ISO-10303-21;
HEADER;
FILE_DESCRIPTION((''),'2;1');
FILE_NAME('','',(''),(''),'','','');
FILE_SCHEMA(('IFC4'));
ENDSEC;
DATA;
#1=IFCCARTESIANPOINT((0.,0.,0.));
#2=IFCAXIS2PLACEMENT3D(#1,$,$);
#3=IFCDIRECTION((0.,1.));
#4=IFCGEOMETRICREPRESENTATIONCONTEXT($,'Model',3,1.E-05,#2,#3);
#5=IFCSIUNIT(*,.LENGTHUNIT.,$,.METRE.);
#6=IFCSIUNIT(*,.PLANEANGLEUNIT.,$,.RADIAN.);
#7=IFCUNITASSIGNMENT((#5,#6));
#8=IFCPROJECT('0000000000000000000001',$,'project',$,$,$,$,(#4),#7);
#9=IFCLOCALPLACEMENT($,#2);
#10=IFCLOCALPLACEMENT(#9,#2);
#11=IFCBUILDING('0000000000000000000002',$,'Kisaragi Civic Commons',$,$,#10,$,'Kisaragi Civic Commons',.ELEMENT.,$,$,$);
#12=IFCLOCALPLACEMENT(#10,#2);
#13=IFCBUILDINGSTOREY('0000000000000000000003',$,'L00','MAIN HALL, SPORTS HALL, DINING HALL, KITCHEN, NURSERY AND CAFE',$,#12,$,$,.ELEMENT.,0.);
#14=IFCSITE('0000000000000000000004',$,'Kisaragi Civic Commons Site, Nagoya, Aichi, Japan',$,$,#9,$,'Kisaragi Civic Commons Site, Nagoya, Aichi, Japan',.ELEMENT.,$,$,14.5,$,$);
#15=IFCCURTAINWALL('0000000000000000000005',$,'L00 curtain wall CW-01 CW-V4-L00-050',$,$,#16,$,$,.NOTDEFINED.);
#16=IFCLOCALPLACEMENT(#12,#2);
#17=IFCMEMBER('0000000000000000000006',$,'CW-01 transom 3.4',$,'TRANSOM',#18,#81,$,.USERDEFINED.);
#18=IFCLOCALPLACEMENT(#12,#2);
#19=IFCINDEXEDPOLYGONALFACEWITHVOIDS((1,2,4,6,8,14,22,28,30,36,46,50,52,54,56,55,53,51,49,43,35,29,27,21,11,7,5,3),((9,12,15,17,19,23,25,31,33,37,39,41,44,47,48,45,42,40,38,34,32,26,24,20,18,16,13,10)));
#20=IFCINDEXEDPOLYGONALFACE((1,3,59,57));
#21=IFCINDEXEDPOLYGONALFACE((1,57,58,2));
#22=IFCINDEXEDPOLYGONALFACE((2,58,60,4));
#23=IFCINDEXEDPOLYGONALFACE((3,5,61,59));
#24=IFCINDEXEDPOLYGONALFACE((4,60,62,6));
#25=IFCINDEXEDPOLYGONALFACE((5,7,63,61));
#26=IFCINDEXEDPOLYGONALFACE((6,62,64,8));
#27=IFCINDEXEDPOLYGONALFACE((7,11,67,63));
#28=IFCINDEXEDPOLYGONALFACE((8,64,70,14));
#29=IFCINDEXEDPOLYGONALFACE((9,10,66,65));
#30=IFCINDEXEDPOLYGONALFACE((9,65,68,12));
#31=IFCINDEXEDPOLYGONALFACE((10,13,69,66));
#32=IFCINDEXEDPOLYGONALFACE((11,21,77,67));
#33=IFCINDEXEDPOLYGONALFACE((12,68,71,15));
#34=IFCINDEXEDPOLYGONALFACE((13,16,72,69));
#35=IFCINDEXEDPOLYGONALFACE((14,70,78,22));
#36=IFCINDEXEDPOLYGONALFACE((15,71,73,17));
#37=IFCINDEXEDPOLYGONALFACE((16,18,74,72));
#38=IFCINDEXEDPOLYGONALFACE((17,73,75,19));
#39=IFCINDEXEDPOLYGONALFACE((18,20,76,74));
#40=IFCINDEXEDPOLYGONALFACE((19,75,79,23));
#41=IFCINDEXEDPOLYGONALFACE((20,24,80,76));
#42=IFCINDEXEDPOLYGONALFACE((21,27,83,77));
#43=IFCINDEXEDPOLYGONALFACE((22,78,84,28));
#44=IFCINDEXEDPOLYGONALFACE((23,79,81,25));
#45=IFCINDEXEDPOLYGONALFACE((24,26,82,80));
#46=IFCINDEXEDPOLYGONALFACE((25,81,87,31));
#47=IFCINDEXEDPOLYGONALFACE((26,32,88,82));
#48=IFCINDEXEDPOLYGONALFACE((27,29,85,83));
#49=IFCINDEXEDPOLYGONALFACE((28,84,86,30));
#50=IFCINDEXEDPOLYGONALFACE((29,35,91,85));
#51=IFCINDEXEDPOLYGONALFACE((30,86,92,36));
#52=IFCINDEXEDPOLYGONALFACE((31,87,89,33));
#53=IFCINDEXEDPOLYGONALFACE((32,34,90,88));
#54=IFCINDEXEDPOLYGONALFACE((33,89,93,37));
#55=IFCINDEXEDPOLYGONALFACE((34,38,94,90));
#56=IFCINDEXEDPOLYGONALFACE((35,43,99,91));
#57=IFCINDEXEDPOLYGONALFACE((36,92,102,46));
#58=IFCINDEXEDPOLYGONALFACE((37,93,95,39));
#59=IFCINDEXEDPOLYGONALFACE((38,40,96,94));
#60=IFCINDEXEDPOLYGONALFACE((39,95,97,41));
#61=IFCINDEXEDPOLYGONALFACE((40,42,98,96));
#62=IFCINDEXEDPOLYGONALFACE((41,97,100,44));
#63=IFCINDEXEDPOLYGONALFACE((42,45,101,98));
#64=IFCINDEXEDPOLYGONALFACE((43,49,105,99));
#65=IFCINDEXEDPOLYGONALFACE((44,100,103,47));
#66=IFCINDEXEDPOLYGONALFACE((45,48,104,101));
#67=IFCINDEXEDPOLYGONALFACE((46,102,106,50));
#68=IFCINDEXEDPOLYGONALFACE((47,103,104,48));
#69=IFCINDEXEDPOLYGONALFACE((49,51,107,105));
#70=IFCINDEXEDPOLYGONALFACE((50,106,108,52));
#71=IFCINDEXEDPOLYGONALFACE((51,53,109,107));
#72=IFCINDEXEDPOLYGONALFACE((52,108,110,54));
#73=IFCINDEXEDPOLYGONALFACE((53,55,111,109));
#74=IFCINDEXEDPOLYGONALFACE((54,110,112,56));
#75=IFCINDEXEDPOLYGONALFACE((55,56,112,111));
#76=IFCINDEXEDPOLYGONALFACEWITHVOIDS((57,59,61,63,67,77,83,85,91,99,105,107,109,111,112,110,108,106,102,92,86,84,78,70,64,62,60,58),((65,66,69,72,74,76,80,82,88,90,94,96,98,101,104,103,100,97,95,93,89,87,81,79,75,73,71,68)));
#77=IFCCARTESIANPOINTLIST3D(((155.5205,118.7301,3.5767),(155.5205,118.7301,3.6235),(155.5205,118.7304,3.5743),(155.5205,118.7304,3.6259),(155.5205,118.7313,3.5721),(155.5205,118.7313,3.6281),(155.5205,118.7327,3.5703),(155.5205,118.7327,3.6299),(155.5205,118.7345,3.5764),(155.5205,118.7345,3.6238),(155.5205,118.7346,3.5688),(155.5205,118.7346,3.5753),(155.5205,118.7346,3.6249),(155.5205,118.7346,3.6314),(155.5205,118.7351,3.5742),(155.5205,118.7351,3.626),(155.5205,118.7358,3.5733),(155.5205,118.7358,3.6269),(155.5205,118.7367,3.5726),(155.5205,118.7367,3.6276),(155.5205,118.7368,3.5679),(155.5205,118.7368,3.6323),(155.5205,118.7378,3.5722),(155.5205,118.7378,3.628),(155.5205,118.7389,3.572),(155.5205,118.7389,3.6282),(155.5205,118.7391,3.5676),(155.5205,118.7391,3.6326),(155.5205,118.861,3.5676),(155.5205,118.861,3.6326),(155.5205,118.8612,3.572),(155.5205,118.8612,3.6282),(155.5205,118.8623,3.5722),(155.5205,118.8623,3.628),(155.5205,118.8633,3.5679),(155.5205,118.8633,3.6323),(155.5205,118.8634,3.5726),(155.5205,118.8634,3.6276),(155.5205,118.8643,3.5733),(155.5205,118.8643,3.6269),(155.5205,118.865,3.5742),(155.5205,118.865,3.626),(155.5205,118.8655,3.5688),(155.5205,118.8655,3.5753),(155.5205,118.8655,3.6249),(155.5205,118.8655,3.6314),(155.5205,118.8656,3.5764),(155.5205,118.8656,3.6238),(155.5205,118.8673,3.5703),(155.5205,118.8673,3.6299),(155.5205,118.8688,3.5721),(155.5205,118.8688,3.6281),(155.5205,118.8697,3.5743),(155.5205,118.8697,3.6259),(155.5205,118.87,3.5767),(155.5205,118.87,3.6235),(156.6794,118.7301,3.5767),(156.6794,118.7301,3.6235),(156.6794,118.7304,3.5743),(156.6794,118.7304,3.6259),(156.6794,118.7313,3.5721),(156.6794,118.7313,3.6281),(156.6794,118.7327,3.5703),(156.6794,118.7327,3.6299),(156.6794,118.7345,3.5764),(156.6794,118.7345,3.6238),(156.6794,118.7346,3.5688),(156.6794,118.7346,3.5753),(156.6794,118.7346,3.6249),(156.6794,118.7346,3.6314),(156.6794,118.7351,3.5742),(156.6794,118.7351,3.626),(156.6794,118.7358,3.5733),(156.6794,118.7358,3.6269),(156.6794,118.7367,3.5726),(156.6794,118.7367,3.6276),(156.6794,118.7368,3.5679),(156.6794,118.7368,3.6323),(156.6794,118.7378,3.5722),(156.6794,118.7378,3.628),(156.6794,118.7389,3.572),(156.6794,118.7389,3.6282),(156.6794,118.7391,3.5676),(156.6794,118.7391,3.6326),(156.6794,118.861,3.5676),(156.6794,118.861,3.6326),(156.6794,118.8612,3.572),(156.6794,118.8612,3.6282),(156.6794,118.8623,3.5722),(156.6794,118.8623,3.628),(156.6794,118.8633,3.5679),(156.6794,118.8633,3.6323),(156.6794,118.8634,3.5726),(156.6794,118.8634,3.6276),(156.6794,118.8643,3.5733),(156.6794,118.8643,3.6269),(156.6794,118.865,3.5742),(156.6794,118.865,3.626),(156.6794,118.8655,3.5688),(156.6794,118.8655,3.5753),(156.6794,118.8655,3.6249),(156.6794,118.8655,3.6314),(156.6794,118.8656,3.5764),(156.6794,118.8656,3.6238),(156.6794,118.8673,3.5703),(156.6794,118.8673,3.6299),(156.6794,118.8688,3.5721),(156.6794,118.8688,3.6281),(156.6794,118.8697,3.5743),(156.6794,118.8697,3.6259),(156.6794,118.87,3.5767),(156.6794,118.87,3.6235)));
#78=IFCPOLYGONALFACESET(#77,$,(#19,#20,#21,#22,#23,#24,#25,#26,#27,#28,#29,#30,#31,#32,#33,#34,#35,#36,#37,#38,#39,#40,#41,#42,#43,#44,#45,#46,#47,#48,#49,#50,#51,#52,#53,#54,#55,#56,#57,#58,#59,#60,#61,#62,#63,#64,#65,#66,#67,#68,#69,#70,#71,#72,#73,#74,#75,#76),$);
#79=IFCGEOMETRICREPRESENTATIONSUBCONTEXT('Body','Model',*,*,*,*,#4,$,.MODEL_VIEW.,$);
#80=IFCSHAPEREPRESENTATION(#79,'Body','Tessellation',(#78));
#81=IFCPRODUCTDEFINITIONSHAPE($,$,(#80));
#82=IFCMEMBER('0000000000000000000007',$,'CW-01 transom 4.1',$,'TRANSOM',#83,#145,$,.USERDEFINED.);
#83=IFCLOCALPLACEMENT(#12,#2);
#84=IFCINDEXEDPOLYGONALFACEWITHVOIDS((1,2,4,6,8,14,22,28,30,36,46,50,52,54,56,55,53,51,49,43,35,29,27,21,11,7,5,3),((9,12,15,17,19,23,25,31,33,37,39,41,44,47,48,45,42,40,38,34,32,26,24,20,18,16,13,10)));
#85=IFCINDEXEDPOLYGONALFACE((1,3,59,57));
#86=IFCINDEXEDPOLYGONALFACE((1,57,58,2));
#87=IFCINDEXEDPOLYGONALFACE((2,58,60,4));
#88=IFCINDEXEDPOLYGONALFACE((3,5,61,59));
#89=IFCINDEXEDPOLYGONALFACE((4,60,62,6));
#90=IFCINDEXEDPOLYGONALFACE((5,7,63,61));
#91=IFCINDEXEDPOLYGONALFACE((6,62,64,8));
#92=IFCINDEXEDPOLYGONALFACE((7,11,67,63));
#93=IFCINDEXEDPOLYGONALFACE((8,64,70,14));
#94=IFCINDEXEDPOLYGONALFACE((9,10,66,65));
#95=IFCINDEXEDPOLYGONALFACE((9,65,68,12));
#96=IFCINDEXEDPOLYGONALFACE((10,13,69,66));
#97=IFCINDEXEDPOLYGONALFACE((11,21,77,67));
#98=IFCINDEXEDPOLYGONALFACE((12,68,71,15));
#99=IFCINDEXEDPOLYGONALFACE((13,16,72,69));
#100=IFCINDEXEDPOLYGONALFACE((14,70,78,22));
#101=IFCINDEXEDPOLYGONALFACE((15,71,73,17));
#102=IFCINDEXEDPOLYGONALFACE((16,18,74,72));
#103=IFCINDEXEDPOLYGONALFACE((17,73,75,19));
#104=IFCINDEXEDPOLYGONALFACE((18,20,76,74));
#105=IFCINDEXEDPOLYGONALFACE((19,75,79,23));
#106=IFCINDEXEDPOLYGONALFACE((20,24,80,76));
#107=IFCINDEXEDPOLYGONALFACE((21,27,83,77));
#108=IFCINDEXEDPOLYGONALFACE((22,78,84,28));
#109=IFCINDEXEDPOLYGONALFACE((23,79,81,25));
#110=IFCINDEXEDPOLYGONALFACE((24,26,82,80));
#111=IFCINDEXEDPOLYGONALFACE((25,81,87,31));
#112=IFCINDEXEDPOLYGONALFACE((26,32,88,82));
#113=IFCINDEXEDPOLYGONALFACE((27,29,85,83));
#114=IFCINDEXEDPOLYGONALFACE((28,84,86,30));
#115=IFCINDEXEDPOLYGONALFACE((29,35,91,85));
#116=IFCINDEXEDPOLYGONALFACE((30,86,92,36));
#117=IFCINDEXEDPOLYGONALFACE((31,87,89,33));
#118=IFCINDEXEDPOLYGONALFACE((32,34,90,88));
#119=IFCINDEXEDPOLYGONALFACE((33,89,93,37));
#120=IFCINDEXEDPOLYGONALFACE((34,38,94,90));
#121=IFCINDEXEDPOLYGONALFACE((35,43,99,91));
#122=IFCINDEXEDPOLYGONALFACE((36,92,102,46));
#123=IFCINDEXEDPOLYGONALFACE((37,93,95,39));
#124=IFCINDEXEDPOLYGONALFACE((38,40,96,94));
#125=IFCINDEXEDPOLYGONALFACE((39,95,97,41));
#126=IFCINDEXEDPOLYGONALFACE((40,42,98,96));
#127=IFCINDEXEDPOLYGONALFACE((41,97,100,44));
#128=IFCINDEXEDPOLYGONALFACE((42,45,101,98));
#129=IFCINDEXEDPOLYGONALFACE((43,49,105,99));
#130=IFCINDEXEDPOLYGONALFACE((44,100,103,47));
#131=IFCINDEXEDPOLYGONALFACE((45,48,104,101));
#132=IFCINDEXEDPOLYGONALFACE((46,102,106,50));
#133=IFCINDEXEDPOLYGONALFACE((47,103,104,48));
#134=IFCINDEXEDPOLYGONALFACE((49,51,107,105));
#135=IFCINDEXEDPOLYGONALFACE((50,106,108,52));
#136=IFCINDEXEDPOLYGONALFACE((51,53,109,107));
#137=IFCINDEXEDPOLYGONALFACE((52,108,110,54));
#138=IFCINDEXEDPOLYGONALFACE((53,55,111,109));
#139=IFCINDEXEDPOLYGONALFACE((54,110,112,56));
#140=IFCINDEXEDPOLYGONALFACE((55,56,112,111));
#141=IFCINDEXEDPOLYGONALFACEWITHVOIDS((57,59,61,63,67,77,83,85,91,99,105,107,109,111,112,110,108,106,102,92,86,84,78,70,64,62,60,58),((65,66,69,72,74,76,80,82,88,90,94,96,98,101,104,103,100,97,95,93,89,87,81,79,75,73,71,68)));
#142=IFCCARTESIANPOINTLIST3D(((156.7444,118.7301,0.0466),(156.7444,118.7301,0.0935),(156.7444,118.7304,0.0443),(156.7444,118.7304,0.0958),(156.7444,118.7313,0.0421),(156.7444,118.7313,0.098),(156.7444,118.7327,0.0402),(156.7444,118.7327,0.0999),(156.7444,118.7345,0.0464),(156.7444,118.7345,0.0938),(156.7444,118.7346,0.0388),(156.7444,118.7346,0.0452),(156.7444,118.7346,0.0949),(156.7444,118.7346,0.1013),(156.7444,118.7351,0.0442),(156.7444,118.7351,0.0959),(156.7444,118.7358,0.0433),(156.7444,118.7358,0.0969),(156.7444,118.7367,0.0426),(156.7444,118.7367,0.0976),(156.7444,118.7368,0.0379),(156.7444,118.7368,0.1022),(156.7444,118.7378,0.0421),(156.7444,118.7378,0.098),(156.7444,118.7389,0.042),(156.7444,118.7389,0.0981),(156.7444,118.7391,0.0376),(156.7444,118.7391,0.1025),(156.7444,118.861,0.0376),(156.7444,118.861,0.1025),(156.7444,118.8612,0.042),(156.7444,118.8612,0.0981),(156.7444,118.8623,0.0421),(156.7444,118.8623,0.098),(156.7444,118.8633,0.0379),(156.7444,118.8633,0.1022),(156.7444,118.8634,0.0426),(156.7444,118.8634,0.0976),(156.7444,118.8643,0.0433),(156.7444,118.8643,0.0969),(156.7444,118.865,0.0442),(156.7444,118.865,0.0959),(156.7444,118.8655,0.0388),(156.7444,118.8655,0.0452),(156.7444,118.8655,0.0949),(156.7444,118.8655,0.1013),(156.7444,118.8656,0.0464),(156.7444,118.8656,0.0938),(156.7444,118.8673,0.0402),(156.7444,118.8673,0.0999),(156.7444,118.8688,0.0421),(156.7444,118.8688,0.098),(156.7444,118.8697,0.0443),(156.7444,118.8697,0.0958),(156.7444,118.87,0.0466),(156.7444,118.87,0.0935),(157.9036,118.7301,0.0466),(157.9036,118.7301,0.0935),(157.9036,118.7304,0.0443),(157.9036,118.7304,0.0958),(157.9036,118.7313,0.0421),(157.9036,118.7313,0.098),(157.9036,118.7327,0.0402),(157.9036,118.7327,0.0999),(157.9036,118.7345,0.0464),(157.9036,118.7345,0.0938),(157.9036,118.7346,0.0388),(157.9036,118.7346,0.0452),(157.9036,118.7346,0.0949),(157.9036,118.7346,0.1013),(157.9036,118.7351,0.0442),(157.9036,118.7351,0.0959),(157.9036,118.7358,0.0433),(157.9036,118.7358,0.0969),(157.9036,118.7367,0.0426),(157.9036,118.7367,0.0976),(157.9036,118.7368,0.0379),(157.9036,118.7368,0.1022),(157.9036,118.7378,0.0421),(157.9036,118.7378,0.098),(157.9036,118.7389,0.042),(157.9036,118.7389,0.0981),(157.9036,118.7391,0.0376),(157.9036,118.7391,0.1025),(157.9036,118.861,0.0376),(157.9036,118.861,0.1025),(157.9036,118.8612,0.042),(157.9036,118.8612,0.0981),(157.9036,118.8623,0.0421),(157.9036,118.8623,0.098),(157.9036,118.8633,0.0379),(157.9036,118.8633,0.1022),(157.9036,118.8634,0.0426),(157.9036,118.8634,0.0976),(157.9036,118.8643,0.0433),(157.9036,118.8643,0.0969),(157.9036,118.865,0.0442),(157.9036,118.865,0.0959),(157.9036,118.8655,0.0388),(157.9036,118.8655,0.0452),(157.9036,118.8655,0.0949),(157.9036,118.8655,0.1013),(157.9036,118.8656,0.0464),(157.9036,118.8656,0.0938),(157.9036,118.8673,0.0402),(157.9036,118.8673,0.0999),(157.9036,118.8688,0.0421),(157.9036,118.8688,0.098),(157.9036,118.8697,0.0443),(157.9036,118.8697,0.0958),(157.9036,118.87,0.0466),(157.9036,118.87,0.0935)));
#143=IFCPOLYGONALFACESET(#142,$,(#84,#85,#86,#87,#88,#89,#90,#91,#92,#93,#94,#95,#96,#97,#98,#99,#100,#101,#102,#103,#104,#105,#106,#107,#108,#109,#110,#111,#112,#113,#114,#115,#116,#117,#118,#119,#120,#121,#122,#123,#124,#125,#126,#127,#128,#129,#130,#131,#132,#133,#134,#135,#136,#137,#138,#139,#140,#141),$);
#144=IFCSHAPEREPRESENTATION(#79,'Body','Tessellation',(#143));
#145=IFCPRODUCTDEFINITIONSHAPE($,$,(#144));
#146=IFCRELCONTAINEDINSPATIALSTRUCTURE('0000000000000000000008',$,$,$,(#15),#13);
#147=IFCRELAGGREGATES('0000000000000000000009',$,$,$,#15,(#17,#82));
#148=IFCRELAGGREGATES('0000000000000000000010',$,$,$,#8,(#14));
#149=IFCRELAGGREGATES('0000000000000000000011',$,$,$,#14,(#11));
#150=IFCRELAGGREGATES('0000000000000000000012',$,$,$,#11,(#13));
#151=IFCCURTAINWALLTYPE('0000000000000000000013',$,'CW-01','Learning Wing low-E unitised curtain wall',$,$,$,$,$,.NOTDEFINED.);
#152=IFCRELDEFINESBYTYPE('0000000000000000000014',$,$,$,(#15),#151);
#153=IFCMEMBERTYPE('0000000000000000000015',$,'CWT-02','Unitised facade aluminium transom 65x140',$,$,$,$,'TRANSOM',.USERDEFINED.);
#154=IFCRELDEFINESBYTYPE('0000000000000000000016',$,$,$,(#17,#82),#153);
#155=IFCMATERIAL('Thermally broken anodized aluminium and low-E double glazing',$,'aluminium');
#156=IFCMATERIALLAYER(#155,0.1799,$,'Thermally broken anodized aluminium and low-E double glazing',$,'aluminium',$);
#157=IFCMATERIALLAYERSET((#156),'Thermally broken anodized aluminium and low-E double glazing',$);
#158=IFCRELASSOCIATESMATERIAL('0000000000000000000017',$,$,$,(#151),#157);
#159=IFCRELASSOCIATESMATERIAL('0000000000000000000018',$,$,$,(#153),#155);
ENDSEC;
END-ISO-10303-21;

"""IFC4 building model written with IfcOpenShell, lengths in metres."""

from ifc_helpers import new_model, si_unit, direction, frame, origin, origin_2d, place, context, subcontext, project, spatial, hollow_rectangle, extrude, material, layer, layer_set, material_profile, profile_set, type_object, element, aggregate, save


model = new_model("IFC4")

# Units and contexts
model_context = context("Model", 3, precision=1e-05, world=origin(), true_north=direction((0.0, 1.0)))
body_context = subcontext(model_context, "Body", "Model", "MODEL_VIEW")
ifc_project = project(units=[si_unit("LENGTHUNIT", "METRE"), si_unit("PLANEANGLEUNIT", "RADIAN")], contexts=[model_context])

# Site, building, storey
site_placement = place(None, origin())
site = spatial("IfcSite", under=ifc_project, at=site_placement, Name="Kisaragi Civic Commons Site, Nagoya, Aichi, Japan", LongName="Kisaragi Civic Commons Site, Nagoya, Aichi, Japan", CompositionType="ELEMENT", RefElevation=14.5)
building_placement = place(site_placement, origin())
building = spatial("IfcBuilding", under=site, at=building_placement, Name="Kisaragi Civic Commons", LongName="Kisaragi Civic Commons", CompositionType="ELEMENT")
storey_placement = place(building_placement, origin())
storey = spatial("IfcBuildingStorey", under=building, at=storey_placement, Name="L00", Description="MAIN HALL, SPORTS HALL, DINING HALL, KITCHEN, NURSERY AND CAFE", CompositionType="ELEMENT", Elevation=0.0)

# Curtain wall
ifc_material_1 = material(Name="Thermally broken anodized aluminium and low-E double glazing", Category="aluminium")
ifc_layer_1 = layer(ifc_material_1, 0.1799, Name="Thermally broken anodized aluminium and low-E double glazing", Category="aluminium")
ifc_layer_set_1 = layer_set([ifc_layer_1], Name="Thermally broken anodized aluminium and low-E double glazing")
curtain_wall_type = type_object("IfcCurtainWallType", Name="CW-01", Description="Learning Wing low-E unitised curtain wall", PredefinedType="NOTDEFINED", material=ifc_layer_set_1)
curtain_wall_1_placement = place(storey_placement, origin())
curtain_wall_1 = element("IfcCurtainWall", 1, at=curtain_wall_1_placement, inside=storey, type_object=curtain_wall_type, Name="L00 curtain wall CW-01 CW-V4-L00-050", PredefinedType="NOTDEFINED")

# Members
ifc_material_profile_1 = material_profile(ifc_material_1, hollow_rectangle(XDim=0.1399, YDim=0.0649, WallThickness=0.0044, InnerFilletRadius=0.0044, OuterFilletRadius=0.009, at=origin_2d()), Name="CWT-65x140x4.5", Category="aluminium")
ifc_profile_set_1 = profile_set([ifc_material_profile_1], Name="Thermally broken anodized aluminium and low-E double glazing")
member_type_1 = type_object("IfcMemberType", Name="CWT-02", Description="Unitised facade aluminium transom 65x140", ElementType="TRANSOM", PredefinedType="USERDEFINED", material=ifc_profile_set_1)
member_1_placement = place(storey_placement, frame((155.5205, 118.8, 3.6001), z_axis=(1.0, 0.0, 0.0), x_axis=(0.0, 1.0, 0.0)))
member_1 = element("IfcMember", 2, at=member_1_placement, type_object=member_type_1, Name="CW-01 transom 3.4", ObjectType="TRANSOM", PredefinedType="USERDEFINED", context=body_context, shape_type="SweptSolid", body=[
    extrude(hollow_rectangle(XDim=0.1399, YDim=0.0649, WallThickness=0.0044, InnerFilletRadius=0.0044, OuterFilletRadius=0.009, at=origin_2d()), origin(), (0.0, 0.0, 1.0), 1.1589),
])
member_2_placement = place(storey_placement, frame((156.7444, 118.8, 0.0701), z_axis=(1.0, 0.0, 0.0), x_axis=(0.0, 1.0, 0.0)))
member_2 = element("IfcMember", 3, at=member_2_placement, type_object=member_type_1, Name="CW-01 transom 4.1", ObjectType="TRANSOM", PredefinedType="USERDEFINED", context=body_context, shape_type="SweptSolid", body=[
    extrude(hollow_rectangle(XDim=0.1399, YDim=0.0649, WallThickness=0.0044, InnerFilletRadius=0.0044, OuterFilletRadius=0.009, at=origin_2d()), origin(), (0.0, 0.0, 1.0), 1.1592),
])

aggregate(curtain_wall_1, [member_1, member_2])

save(model, "model.ifc")
